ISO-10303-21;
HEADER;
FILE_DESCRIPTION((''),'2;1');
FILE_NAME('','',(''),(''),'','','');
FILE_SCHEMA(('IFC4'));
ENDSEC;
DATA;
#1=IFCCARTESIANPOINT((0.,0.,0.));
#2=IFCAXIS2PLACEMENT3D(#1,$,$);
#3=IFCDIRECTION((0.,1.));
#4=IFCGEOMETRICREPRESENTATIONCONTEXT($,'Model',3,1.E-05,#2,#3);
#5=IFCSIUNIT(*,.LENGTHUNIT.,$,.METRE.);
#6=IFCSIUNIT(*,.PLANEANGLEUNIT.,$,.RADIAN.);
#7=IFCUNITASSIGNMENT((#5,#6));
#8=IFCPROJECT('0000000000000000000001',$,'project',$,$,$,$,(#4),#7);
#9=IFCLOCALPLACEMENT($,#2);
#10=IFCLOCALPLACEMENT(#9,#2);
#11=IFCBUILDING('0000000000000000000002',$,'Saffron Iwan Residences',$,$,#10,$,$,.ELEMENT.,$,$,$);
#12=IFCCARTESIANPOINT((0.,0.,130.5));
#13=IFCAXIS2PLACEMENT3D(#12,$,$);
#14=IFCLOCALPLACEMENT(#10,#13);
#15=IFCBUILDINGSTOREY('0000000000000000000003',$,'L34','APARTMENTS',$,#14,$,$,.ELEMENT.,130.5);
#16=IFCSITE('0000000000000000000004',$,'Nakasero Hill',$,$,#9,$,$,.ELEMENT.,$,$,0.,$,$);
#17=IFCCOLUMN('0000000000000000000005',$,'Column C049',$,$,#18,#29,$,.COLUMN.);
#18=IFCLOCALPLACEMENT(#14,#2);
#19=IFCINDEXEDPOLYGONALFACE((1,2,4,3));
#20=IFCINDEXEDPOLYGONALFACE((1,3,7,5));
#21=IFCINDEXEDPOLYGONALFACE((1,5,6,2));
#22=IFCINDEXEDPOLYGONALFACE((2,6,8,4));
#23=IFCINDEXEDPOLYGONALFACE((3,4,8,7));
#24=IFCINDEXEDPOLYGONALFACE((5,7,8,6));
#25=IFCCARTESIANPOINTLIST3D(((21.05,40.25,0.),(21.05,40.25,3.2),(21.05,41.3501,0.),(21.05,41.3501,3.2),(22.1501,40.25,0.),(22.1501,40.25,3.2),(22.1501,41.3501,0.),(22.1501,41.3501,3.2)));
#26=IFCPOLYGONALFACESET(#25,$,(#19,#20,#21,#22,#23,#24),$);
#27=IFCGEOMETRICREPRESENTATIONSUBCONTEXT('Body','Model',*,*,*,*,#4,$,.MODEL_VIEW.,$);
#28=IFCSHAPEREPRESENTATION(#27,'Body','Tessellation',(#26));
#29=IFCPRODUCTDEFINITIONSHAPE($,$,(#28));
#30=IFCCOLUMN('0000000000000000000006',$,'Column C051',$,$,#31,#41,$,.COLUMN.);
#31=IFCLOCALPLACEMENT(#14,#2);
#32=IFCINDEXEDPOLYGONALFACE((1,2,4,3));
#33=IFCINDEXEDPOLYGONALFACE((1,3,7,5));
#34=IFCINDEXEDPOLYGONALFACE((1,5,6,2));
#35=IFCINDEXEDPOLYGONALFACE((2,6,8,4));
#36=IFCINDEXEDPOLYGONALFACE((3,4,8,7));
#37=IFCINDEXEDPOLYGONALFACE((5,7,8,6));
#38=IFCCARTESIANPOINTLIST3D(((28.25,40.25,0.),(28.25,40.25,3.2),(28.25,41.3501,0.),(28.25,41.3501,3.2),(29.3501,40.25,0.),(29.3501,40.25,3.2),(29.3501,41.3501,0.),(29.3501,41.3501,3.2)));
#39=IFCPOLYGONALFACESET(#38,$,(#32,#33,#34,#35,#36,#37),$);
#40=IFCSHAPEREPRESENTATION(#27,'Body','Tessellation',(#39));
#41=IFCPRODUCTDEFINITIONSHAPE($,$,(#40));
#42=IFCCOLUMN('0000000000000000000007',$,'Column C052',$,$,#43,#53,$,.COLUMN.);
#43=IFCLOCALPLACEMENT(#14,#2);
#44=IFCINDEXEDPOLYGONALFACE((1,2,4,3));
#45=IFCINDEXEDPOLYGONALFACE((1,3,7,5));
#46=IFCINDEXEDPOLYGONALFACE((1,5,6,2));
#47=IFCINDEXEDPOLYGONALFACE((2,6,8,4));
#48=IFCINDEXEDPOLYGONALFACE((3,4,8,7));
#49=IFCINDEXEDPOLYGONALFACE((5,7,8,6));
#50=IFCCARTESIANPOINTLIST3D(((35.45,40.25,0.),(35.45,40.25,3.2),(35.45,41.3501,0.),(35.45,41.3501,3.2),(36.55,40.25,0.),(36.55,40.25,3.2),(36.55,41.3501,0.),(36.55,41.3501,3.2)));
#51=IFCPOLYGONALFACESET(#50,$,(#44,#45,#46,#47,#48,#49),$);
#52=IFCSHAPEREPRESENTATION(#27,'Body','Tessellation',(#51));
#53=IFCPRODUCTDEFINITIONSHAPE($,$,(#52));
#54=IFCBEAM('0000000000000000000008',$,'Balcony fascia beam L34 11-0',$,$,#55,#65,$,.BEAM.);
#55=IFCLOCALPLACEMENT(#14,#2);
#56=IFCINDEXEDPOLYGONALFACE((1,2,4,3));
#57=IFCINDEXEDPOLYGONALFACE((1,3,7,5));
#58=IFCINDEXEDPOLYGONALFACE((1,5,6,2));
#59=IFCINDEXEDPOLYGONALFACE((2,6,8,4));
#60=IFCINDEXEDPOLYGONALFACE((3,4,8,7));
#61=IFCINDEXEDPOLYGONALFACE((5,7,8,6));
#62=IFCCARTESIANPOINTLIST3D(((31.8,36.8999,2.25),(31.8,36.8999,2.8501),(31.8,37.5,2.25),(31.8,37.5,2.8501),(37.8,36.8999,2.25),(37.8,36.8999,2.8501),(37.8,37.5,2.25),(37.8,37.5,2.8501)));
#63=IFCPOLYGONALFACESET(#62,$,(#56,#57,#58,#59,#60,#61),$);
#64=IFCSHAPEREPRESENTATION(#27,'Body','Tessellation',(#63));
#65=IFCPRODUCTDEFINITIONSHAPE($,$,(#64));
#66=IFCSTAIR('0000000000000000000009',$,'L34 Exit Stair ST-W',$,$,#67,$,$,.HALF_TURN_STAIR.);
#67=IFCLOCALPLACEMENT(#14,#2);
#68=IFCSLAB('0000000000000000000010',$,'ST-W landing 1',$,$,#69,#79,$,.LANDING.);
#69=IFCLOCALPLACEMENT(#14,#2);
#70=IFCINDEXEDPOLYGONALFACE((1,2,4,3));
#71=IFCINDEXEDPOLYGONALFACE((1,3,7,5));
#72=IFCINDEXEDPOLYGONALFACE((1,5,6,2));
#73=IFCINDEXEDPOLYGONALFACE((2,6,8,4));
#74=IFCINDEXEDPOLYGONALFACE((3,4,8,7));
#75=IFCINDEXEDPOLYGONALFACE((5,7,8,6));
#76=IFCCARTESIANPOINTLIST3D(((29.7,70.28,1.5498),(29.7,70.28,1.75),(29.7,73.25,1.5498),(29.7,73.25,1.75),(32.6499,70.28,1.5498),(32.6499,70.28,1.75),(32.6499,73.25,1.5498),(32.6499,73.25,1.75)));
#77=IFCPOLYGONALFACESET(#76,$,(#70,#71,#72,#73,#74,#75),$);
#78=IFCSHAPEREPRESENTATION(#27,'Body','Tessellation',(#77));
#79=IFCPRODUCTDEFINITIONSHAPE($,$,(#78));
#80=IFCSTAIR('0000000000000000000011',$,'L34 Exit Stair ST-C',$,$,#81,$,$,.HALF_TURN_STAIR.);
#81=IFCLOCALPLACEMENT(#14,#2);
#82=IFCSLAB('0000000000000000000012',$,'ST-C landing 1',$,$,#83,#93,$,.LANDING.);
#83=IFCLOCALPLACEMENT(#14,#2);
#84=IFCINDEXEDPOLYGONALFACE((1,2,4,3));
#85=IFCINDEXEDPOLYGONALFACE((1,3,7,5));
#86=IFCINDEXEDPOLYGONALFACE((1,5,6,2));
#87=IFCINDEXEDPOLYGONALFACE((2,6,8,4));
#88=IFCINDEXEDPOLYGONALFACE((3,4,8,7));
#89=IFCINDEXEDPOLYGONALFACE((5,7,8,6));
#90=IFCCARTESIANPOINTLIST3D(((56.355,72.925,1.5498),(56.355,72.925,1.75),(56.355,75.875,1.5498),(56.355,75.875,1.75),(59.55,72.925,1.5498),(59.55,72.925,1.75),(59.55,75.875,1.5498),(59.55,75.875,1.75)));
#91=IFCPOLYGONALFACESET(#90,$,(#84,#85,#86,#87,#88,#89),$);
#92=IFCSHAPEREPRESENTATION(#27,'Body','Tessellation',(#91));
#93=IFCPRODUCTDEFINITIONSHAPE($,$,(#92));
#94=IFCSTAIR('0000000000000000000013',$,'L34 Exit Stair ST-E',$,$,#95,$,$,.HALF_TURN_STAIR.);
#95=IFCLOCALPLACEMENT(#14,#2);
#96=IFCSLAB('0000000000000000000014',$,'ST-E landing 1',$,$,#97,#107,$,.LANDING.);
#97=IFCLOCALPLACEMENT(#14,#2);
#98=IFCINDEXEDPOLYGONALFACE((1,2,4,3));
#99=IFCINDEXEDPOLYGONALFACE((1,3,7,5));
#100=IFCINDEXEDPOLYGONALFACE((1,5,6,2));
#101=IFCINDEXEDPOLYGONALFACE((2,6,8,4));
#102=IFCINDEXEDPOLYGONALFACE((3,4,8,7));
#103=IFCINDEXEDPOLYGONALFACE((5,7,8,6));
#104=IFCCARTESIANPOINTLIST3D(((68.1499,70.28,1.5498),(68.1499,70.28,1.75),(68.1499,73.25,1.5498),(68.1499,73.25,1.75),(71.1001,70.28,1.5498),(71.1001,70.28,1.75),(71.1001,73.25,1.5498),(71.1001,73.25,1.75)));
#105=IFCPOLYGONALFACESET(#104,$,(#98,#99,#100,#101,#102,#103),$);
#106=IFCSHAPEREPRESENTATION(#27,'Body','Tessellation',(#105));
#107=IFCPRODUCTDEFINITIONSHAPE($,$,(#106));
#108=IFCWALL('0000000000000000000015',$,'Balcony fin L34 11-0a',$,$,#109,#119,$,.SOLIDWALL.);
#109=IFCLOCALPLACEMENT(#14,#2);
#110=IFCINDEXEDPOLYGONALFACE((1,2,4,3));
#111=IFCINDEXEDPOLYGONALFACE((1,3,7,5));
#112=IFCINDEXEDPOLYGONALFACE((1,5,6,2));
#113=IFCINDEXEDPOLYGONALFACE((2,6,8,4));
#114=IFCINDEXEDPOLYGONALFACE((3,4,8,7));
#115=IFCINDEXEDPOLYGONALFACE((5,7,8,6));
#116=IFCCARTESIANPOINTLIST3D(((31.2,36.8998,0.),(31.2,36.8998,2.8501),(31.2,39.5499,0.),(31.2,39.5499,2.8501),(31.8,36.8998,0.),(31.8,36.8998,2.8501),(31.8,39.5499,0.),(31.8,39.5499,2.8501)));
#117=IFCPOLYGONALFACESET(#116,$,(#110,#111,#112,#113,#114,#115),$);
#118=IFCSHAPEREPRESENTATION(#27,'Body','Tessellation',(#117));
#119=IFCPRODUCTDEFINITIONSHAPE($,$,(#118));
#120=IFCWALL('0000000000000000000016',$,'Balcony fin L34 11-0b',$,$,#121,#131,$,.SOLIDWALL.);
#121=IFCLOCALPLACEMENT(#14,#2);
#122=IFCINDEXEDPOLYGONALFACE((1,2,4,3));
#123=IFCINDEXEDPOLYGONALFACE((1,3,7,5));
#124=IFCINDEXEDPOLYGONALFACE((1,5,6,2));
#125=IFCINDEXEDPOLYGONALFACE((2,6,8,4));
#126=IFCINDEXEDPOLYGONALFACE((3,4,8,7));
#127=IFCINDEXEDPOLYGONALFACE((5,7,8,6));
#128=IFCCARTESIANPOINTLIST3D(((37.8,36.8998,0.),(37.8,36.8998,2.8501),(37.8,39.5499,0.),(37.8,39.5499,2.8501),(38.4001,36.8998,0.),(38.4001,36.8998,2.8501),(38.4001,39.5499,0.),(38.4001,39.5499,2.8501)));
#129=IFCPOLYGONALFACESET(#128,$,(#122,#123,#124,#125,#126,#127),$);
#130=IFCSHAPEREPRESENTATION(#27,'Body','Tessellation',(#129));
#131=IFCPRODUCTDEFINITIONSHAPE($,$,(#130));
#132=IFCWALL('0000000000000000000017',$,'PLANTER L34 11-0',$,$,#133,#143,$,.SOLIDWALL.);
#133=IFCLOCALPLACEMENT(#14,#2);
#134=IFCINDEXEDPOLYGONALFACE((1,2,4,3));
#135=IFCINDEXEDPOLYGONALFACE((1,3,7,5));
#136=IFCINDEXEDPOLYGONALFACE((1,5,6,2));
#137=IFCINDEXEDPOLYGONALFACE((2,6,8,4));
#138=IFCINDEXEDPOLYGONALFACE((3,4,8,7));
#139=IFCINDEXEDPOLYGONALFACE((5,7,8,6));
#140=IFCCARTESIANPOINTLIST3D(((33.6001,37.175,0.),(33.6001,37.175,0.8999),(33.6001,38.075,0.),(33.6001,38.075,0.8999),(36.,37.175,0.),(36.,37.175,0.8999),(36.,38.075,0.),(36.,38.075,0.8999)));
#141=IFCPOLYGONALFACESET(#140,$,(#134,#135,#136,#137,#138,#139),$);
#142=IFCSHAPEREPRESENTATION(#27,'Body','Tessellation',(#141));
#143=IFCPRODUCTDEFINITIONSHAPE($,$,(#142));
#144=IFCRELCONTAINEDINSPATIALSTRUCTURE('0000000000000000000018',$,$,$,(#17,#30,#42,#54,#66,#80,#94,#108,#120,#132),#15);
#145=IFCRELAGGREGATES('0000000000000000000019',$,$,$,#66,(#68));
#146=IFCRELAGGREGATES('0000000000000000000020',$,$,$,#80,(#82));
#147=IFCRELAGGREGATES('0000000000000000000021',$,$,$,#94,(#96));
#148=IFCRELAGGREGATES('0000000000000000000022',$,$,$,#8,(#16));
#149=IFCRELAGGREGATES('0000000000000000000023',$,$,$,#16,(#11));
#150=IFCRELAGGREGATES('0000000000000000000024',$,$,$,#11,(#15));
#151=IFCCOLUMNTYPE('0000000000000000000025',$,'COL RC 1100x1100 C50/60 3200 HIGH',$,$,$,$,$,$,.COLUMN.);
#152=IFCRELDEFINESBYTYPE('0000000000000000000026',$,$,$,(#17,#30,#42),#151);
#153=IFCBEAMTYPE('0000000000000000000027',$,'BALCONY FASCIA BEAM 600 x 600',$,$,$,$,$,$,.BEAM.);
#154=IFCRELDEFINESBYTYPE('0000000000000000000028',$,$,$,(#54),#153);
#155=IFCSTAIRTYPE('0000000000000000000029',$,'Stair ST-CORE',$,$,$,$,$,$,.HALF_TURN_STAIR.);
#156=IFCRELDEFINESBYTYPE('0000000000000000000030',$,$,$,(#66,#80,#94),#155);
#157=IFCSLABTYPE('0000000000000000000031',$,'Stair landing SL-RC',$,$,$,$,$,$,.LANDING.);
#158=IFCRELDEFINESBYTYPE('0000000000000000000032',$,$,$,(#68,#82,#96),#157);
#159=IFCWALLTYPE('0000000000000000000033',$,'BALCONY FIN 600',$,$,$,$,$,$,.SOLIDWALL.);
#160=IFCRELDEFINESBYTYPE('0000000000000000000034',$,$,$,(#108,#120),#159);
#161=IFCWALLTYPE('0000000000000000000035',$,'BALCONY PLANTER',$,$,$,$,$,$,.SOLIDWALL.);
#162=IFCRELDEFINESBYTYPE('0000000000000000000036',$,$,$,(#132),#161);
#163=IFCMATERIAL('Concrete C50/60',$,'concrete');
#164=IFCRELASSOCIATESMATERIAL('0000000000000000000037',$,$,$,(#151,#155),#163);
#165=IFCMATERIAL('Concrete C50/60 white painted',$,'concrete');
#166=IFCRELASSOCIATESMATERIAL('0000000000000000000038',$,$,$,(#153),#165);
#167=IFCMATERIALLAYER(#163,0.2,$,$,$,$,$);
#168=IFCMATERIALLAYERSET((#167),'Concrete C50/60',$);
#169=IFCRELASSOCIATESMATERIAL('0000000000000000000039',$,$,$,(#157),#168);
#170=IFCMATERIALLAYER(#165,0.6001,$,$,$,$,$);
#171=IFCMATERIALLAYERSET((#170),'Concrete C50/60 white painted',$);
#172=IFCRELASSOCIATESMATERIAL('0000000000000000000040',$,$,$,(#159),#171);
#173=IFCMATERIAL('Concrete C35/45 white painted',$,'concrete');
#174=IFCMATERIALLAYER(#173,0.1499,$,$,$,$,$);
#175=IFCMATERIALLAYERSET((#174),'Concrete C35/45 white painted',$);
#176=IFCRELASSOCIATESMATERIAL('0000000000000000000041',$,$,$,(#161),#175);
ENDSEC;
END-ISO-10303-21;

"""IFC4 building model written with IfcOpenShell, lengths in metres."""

from ifc_helpers import new_model, si_unit, direction, frame, frame_2d, origin, origin_2d, place, context, subcontext, project, spatial, polyline, rectangle, outline, extrude, source, transform, mapped, material, layer, layer_set, material_profile, profile_set, type_object, element, aggregate, save


model = new_model("IFC4")

# Units and contexts
model_context = context("Model", 3, precision=1e-05, world=origin(), true_north=direction((0.0, 1.0)))
body_context = subcontext(model_context, "Body", "Model", "MODEL_VIEW")
ifc_project = project(units=[si_unit("LENGTHUNIT", "METRE"), si_unit("PLANEANGLEUNIT", "RADIAN")], contexts=[model_context])

# Site, building, storey
site_placement = place(None, origin())
site = spatial("IfcSite", under=ifc_project, at=site_placement, Name="Nakasero Hill", CompositionType="ELEMENT", RefElevation=0.0)
building_placement = place(site_placement, origin())
building = spatial("IfcBuilding", under=site, at=building_placement, Name="Saffron Iwan Residences", CompositionType="ELEMENT")
storey_placement = place(building_placement, frame((0.0, 0.0, 130.5)))
storey = spatial("IfcBuildingStorey", under=building, at=storey_placement, Name="L34", Description="APARTMENTS", CompositionType="ELEMENT", Elevation=130.5)

# Columns
ifc_material_1 = material(Name="Concrete C50/60", Category="concrete")
ifc_material_profile_1 = material_profile(ifc_material_1, rectangle(XDim=1.1001, YDim=1.1001, at=origin_2d()), Name="RC 1100x1100")
ifc_profile_set_1 = profile_set([ifc_material_profile_1], Name="Concrete C50/60")
column_type = type_object("IfcColumnType", Name="COL RC 1100x1100 C50/60 3200 HIGH", PredefinedType="COLUMN", material=ifc_profile_set_1)
shared_shape_1 = source(origin(), body_context, "Body", "SweptSolid", [
    extrude(rectangle(XDim=1.1001, YDim=1.1001, at=origin_2d()), origin(), (0.0, 0.0, 1.0), 3.2),
])
for number, where, z_axis, x_axis, name in (
    (1, (21.6001, 40.8, 0.0), (0.0, 0.0, 1.0), (1.0, 0.0, 0.0), "Column C049"),
    (2, (28.8, 40.8, 0.0), (0.0, 0.0, 1.0), (1.0, 0.0, 0.0), "Column C051"),
    (3, (36.0, 40.8, 0.0), (0.0, 0.0, 1.0), (1.0, 0.0, 0.0), "Column C052"),
):
    element("IfcColumn", number, at=place(storey_placement, frame(where, z_axis=z_axis, x_axis=x_axis)), inside=storey, type_object=column_type, Name=name, PredefinedType="COLUMN", context=body_context, shape_type="MappedRepresentation", body=[
        mapped(shared_shape_1, transform((0.0, 0.0, 0.0))),
    ])

# Beam
ifc_material_2 = material(Name="Concrete C50/60 white painted", Category="concrete")
ifc_material_profile_2 = material_profile(ifc_material_2, rectangle(XDim=0.6001, YDim=0.6001, at=origin_2d()), Name="BALCONY FASCIA BEAM 600 x 600")
ifc_profile_set_2 = profile_set([ifc_material_profile_2], Name="Concrete C50/60 white painted")
beam_type = type_object("IfcBeamType", Name="BALCONY FASCIA BEAM 600 x 600", PredefinedType="BEAM", material=ifc_profile_set_2)
shared_shape_2 = source(origin(), body_context, "Body", "SweptSolid", [
    extrude(rectangle(XDim=0.6001, YDim=0.6001, at=origin_2d()), origin(), (0.0, 0.0, 1.0), 6.0),
])
beam_placement = place(storey_placement, frame((31.8, 37.2, 2.55), z_axis=(1.0, 0.0, 0.0), x_axis=(0.0, 1.0, 0.0)))
element("IfcBeam", 4, at=beam_placement, inside=storey, type_object=beam_type, Name="Balcony fascia beam L34 11-0", PredefinedType="BEAM", context=body_context, shape_type="MappedRepresentation", body=[
    mapped(shared_shape_2, transform((0.0, 0.0, 0.0))),
])

# Stairs, slabs
stair_type = type_object("IfcStairType", Name="Stair ST-CORE", PredefinedType="HALF_TURN_STAIR", material=ifc_material_1)
stair_1_placement = place(storey_placement, origin())
stair_1 = element("IfcStair", 5, at=stair_1_placement, inside=storey, type_object=stair_type, Name="L34 Exit Stair ST-W", PredefinedType="HALF_TURN_STAIR")
ifc_layer_1 = layer(ifc_material_1, 0.2)
ifc_layer_set_1 = layer_set([ifc_layer_1], Name="Concrete C50/60")
slab_type = type_object("IfcSlabType", Name="Stair landing SL-RC", PredefinedType="LANDING", material=ifc_layer_set_1)
slab_1_placement = place(storey_placement, frame((0.0, 0.0, 1.5498)))
slab_1 = element("IfcSlab", 6, at=slab_1_placement, type_object=slab_type, Name="ST-W landing 1", PredefinedType="LANDING", context=body_context, shape_type="SweptSolid", body=[
    extrude(outline(polyline([(32.6499, 70.28), (32.6499, 73.25), (29.7, 73.25), (29.7, 70.28), (32.6499, 70.28)])), origin(), (0.0, 0.0, 1.0), 0.2002),
])
aggregate(stair_1, [slab_1])
stair_2_placement = place(storey_placement, origin())
stair_2 = element("IfcStair", 7, at=stair_2_placement, inside=storey, type_object=stair_type, Name="L34 Exit Stair ST-C", PredefinedType="HALF_TURN_STAIR")
slab_2_placement = place(storey_placement, frame((0.0, 0.0, 1.5498)))
slab_2 = element("IfcSlab", 8, at=slab_2_placement, type_object=slab_type, Name="ST-C landing 1", PredefinedType="LANDING", context=body_context, shape_type="SweptSolid", body=[
    extrude(outline(polyline([(56.355, 72.925), (59.55, 72.925), (59.55, 75.875), (56.355, 75.875), (56.355, 72.925)])), origin(), (0.0, 0.0, 1.0), 0.2002),
])
aggregate(stair_2, [slab_2])
stair_3_placement = place(storey_placement, origin())
stair_3 = element("IfcStair", 9, at=stair_3_placement, inside=storey, type_object=stair_type, Name="L34 Exit Stair ST-E", PredefinedType="HALF_TURN_STAIR")
slab_3_placement = place(storey_placement, frame((0.0, 0.0, 1.5498)))
slab_3 = element("IfcSlab", 10, at=slab_3_placement, type_object=slab_type, Name="ST-E landing 1", PredefinedType="LANDING", context=body_context, shape_type="SweptSolid", body=[
    extrude(outline(polyline([(71.1001, 70.28), (71.1001, 73.25), (68.1499, 73.25), (68.1499, 70.28), (71.1001, 70.28)])), origin(), (0.0, 0.0, 1.0), 0.2002),
])
aggregate(stair_3, [slab_3])

# Walls
ifc_layer_2 = layer(ifc_material_2, 0.6001)
ifc_layer_set_2 = layer_set([ifc_layer_2], Name="Concrete C50/60 white painted")
wall_type_1 = type_object("IfcWallType", Name="BALCONY FIN 600", PredefinedType="SOLIDWALL", material=ifc_layer_set_2)
for number, where, z_axis, x_axis, name in (
    (11, (31.5, 39.55, 0.0), (0.0, 0.0, 1.0), (0.0, -1.0, 0.0), "Balcony fin L34 11-0a"),
    (12, (38.1001, 39.55, 0.0), (0.0, 0.0, 1.0), (0.0, -1.0, 0.0), "Balcony fin L34 11-0b"),
):
    element("IfcWall", number, at=place(storey_placement, frame(where, z_axis=z_axis, x_axis=x_axis)), inside=storey, type_object=wall_type_1, Name=name, PredefinedType="SOLIDWALL", context=body_context, shape_type="SweptSolid", body=[
        extrude(rectangle(XDim=2.6501, YDim=0.6001, at=frame_2d((1.3252, 0.0))), origin(), (0.0, 0.0, 1.0), 2.8501),
    ])
ifc_material_3 = material(Name="Concrete C35/45 white painted", Category="concrete")
ifc_layer_3 = layer(ifc_material_3, 0.1499)
ifc_layer_set_3 = layer_set([ifc_layer_3], Name="Concrete C35/45 white painted")
wall_type_2 = type_object("IfcWallType", Name="BALCONY PLANTER", PredefinedType="SOLIDWALL", material=ifc_layer_set_3)
wall_1_placement = place(storey_placement, frame((33.6001, 37.625, 0.0), z_axis=(0.0, 0.0, 1.0), x_axis=(1.0, 0.0, 0.0)))
element("IfcWall", 13, at=wall_1_placement, inside=storey, type_object=wall_type_2, Name="PLANTER L34 11-0", PredefinedType="SOLIDWALL", context=body_context, shape_type="SweptSolid", body=[
    extrude(rectangle(XDim=2.3999, YDim=0.8999, at=frame_2d((1.2, 0.0))), origin(), (0.0, 0.0, 1.0), 0.8999),
])

save(model, "model.ifc")
